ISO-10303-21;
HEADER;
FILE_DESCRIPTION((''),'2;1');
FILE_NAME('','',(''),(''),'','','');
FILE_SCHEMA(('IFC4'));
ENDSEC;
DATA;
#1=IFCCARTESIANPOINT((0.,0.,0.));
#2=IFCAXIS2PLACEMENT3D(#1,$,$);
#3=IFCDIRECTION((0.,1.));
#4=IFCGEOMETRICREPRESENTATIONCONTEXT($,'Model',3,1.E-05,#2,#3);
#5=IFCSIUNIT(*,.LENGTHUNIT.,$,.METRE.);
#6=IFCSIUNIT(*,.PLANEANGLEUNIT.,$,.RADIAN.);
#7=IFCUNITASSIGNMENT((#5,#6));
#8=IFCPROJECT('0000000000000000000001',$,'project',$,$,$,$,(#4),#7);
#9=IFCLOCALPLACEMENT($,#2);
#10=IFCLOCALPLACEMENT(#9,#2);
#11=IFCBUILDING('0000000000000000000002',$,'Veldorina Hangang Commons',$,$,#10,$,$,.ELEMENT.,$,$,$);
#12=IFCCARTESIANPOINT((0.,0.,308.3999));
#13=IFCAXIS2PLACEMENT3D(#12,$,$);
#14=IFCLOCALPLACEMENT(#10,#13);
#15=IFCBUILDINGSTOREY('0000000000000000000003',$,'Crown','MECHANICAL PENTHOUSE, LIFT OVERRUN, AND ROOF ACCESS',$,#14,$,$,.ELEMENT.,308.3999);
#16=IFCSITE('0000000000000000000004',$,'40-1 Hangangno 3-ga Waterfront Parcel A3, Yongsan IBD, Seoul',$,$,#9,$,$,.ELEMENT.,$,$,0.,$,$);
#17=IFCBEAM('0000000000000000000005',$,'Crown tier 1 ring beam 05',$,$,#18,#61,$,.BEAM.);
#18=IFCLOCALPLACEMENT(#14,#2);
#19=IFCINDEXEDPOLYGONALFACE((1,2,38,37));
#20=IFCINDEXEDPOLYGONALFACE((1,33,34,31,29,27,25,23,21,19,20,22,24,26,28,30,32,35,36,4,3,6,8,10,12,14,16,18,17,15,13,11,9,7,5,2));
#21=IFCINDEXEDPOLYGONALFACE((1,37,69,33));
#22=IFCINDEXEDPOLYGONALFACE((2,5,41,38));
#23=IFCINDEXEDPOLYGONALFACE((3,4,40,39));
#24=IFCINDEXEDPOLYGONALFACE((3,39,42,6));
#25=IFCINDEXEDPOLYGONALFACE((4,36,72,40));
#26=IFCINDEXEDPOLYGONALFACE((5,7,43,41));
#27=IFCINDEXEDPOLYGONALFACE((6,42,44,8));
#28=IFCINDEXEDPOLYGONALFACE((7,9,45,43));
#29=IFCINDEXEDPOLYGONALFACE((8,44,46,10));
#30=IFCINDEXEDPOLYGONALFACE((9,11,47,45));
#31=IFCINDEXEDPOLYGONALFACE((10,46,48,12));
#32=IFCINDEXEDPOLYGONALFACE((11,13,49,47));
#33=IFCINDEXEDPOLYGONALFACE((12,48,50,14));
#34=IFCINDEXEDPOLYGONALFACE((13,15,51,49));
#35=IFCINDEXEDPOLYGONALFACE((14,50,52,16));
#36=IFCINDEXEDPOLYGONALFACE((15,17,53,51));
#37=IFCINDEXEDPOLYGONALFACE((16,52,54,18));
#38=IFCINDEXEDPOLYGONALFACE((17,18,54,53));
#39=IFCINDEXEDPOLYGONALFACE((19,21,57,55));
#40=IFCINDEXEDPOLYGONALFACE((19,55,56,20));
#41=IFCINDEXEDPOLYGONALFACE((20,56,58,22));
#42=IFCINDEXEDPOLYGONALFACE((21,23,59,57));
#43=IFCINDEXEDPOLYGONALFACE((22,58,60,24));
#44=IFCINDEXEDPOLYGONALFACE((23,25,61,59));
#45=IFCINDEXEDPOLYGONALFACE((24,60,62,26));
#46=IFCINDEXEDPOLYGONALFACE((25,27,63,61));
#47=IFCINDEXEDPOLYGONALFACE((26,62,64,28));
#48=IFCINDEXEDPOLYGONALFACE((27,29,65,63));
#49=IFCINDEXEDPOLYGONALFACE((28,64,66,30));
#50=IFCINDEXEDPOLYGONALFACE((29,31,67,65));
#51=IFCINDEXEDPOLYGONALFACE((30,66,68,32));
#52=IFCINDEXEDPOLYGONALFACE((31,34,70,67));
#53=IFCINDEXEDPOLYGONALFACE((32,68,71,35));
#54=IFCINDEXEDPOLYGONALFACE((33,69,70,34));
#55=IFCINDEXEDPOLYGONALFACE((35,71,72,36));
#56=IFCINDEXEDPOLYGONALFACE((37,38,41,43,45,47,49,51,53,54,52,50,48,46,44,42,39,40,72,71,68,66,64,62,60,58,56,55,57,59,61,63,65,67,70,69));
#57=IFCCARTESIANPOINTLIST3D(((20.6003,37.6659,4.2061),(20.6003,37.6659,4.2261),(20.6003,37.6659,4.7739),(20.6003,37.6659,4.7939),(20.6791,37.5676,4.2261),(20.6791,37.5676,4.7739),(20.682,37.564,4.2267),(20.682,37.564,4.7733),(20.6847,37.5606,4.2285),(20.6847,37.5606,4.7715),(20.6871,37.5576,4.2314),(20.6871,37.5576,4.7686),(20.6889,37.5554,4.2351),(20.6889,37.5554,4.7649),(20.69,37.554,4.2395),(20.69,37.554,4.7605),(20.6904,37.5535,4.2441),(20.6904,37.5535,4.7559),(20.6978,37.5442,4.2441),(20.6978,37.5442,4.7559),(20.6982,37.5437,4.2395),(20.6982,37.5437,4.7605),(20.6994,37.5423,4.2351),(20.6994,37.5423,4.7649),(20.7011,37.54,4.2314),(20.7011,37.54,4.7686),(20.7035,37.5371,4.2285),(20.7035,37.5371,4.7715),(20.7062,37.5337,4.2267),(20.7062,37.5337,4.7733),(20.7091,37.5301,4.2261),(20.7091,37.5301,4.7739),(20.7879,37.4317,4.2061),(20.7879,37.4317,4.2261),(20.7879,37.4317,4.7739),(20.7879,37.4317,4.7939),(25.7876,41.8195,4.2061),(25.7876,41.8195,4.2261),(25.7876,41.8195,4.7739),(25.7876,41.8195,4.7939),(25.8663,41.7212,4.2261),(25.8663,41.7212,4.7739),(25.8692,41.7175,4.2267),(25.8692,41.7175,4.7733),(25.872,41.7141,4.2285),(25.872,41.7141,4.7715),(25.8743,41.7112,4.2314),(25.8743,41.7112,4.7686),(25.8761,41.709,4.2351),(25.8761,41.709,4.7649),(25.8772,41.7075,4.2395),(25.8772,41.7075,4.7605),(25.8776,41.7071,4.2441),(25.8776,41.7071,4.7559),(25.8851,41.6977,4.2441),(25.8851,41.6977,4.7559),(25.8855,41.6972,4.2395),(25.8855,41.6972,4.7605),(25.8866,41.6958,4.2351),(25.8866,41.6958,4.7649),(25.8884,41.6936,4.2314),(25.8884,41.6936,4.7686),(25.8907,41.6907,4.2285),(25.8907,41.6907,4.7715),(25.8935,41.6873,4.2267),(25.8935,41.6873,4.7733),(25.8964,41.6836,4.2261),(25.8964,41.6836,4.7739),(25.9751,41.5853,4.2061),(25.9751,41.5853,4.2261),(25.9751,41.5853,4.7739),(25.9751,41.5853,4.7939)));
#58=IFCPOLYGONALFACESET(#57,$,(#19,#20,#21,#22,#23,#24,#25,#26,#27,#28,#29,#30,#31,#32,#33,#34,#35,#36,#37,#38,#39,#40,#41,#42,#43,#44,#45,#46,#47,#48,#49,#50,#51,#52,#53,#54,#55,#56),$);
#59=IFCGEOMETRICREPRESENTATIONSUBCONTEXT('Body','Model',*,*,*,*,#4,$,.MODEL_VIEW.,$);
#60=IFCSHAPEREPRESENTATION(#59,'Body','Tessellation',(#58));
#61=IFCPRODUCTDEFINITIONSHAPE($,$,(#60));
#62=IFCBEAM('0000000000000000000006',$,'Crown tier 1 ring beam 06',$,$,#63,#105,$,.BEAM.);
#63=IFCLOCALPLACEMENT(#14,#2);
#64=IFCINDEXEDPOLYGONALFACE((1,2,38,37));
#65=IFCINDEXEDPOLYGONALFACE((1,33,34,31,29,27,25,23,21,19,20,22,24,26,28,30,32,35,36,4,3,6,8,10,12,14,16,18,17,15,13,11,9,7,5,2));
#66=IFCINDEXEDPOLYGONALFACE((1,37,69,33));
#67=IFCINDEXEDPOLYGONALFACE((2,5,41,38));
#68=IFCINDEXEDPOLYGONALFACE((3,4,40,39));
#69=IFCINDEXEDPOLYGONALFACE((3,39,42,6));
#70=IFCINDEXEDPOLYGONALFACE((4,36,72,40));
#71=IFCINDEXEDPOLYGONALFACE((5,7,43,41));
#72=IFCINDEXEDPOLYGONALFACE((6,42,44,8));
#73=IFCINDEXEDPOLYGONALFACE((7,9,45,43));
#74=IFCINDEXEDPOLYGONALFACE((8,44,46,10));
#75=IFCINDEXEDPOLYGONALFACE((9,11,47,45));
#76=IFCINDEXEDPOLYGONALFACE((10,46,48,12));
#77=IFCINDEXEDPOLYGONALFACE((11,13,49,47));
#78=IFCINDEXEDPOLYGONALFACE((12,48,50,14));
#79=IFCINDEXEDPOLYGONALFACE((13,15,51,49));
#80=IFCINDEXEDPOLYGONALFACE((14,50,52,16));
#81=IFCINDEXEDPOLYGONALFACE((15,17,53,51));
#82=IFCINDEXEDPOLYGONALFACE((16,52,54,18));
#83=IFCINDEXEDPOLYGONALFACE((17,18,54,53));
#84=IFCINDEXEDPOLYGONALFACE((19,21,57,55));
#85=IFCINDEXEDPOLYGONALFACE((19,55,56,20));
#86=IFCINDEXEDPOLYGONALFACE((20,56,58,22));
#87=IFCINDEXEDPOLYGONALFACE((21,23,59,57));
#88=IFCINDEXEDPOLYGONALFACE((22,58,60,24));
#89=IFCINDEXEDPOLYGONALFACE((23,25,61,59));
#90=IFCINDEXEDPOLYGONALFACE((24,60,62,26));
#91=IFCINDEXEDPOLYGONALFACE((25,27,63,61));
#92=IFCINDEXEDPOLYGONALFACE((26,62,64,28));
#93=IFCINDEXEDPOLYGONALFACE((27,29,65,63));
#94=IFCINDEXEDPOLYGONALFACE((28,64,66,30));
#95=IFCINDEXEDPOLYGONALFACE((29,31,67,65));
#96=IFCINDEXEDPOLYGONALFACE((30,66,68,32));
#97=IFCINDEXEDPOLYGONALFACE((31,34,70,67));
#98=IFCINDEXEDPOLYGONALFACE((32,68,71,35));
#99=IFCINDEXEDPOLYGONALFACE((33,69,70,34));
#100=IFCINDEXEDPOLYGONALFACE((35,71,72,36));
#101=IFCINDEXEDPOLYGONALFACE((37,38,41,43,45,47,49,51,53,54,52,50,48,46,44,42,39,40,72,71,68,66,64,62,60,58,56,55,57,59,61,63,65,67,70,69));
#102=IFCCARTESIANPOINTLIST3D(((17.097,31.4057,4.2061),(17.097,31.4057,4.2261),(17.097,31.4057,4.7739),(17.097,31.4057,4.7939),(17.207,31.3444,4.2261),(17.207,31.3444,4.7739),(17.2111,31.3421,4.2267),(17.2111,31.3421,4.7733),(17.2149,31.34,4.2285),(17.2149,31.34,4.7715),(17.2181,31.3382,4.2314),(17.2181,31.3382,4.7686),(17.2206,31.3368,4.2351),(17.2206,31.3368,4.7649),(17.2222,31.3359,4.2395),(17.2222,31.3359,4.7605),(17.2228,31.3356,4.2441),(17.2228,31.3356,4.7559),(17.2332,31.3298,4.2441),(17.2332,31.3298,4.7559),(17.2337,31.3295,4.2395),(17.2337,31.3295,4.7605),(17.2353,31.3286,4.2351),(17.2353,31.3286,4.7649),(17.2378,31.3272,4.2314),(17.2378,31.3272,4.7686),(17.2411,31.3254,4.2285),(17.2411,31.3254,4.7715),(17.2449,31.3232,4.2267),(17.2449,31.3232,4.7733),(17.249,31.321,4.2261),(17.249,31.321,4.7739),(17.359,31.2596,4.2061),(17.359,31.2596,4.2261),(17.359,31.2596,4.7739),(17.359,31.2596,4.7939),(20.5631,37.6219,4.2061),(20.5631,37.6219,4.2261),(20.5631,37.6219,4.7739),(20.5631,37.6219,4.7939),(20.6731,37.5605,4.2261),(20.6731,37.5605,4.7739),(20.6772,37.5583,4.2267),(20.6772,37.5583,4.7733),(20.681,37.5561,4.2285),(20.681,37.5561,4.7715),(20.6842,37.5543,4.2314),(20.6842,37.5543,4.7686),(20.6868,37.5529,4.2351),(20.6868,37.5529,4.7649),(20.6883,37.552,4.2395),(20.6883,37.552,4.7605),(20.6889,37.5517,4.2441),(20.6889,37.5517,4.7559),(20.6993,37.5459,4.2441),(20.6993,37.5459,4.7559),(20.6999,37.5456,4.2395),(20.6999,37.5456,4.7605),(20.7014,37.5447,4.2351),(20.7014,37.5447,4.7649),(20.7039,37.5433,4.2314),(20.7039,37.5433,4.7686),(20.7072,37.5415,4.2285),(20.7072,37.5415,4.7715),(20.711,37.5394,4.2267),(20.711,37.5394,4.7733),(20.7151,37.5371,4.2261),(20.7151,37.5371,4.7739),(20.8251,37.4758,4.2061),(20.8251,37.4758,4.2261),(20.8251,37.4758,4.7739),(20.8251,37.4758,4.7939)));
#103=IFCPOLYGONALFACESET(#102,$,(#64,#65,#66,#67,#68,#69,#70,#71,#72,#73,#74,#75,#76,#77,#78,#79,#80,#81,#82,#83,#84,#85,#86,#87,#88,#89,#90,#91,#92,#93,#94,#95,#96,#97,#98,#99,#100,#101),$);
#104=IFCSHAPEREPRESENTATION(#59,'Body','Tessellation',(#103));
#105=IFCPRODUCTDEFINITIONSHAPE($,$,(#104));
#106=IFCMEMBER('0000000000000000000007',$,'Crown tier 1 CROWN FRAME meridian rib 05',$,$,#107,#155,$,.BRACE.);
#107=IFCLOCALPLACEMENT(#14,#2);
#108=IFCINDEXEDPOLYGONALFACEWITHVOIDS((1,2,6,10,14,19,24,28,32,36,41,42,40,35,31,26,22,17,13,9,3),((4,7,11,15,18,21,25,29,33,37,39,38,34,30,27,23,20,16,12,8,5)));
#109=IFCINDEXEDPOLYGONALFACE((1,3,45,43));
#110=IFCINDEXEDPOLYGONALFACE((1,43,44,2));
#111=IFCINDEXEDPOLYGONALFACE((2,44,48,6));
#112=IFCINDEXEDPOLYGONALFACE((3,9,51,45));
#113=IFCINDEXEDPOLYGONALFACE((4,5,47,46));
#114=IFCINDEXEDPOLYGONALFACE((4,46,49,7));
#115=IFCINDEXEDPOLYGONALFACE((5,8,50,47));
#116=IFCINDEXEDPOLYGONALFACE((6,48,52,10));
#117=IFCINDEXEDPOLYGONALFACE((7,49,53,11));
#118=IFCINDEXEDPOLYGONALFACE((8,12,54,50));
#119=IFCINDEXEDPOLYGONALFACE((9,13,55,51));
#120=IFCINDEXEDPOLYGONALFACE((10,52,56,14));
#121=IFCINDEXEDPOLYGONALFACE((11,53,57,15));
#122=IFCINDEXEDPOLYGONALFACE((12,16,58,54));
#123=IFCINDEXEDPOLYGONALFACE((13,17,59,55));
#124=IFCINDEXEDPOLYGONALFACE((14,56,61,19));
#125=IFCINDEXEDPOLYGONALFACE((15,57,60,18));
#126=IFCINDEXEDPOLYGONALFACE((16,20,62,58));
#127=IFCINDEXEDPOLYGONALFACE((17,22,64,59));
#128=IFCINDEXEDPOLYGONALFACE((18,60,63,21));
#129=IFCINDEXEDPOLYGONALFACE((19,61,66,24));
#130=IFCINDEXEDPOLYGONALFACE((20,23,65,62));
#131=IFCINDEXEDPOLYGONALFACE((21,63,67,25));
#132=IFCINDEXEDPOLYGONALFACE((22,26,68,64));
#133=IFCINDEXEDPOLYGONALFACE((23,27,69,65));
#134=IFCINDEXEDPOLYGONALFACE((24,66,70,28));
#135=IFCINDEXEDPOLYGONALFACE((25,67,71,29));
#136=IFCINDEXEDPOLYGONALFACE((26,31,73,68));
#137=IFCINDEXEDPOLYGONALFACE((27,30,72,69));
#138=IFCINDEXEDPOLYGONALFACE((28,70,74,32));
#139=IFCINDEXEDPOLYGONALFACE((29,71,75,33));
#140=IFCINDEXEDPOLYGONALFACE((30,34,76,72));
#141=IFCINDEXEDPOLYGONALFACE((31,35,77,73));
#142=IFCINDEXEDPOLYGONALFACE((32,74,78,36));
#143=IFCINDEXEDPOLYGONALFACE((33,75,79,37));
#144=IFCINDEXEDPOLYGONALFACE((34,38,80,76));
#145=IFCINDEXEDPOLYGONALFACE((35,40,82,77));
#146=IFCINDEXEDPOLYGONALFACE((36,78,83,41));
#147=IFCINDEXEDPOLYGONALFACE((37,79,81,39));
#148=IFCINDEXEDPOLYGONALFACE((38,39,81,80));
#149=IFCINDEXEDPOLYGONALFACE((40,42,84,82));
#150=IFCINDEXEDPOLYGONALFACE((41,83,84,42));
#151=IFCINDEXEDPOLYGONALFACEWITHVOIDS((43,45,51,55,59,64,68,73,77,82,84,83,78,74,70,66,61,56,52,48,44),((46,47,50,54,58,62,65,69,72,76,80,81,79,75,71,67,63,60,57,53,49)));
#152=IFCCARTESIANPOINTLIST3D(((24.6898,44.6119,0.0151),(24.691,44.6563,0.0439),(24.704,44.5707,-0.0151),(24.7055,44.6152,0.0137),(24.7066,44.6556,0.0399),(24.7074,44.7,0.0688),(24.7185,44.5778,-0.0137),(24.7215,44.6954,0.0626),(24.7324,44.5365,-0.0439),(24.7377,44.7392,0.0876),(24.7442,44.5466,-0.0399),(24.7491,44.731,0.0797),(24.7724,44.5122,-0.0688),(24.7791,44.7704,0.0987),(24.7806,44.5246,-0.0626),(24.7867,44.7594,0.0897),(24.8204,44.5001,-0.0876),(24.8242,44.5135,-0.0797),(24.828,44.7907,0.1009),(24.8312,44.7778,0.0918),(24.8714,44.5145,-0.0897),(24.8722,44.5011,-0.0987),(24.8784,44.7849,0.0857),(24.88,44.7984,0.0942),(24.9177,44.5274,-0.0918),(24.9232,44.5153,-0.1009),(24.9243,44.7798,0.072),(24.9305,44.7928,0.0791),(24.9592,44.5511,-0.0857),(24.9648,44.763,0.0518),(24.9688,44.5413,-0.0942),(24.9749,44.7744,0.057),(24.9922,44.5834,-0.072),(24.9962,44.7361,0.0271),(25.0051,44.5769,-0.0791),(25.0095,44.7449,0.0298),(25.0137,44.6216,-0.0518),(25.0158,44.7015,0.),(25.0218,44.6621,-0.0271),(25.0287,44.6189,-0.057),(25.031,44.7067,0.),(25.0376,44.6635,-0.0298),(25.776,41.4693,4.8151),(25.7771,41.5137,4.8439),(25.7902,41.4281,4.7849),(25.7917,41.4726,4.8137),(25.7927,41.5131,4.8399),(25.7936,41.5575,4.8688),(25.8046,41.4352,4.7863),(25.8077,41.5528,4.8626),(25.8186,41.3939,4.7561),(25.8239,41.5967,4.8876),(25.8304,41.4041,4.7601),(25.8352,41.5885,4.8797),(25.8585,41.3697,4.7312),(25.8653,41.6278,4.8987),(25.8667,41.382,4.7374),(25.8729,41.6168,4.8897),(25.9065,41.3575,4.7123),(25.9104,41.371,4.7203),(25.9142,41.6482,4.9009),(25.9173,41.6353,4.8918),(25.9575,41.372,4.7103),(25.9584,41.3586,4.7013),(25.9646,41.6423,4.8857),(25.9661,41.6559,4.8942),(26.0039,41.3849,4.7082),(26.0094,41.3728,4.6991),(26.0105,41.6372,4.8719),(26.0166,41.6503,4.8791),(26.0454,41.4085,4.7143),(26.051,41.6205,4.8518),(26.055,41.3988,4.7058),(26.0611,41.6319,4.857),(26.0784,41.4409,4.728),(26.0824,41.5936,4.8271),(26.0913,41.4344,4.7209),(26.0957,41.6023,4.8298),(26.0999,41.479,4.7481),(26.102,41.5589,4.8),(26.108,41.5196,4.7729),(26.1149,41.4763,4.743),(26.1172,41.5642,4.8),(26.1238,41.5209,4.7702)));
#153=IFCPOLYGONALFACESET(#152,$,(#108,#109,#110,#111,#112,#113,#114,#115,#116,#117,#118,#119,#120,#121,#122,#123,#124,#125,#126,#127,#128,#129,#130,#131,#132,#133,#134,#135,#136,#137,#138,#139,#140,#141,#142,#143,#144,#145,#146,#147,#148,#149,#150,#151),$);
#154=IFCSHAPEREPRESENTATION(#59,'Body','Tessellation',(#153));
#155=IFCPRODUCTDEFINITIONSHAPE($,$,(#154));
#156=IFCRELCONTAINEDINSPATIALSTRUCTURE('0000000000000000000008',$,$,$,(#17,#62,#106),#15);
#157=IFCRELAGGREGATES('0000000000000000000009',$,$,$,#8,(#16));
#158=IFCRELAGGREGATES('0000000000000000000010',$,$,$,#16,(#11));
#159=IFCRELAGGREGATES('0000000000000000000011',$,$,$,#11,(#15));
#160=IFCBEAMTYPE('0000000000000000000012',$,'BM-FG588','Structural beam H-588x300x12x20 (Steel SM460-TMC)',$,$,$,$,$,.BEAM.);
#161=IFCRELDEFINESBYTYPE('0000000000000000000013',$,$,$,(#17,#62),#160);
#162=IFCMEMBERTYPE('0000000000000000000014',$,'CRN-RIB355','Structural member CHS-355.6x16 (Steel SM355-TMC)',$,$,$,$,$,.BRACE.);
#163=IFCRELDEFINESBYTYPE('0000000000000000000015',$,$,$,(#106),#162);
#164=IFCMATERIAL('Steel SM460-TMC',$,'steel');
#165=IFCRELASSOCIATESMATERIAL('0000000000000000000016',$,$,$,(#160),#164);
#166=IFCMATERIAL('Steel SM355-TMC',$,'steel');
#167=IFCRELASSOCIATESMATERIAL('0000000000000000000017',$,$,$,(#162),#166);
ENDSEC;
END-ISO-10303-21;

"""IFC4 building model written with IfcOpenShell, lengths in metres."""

from ifc_helpers import new_model, si_unit, direction, frame, origin, origin_2d, place, context, subcontext, project, spatial, hollow_circle, i_section, extrude, material, material_profile, profile_set, type_object, element, save


model = new_model("IFC4")

# Units and contexts
model_context = context("Model", 3, precision=1e-05, world=origin(), true_north=direction((0.0, 1.0)))
body_context = subcontext(model_context, "Body", "Model", "MODEL_VIEW")
ifc_project = project(units=[si_unit("LENGTHUNIT", "METRE"), si_unit("PLANEANGLEUNIT", "RADIAN")], contexts=[model_context])

# Site, building, storey
site_placement = place(None, origin())
site = spatial("IfcSite", under=ifc_project, at=site_placement, Name="40-1 Hangangno 3-ga Waterfront Parcel A3, Yongsan IBD, Seoul", CompositionType="ELEMENT", RefElevation=0.0)
building_placement = place(site_placement, origin())
building = spatial("IfcBuilding", under=site, at=building_placement, Name="Veldorina Hangang Commons", CompositionType="ELEMENT")
storey_placement = place(building_placement, frame((0.0, 0.0, 308.3999)))
storey = spatial("IfcBuildingStorey", under=building, at=storey_placement, Name="Crown", Description="MECHANICAL PENTHOUSE, LIFT OVERRUN, AND ROOF ACCESS", CompositionType="ELEMENT", Elevation=308.3999)

# Beams
ifc_material_1 = material(Name="Steel SM460-TMC", Category="steel")
ifc_material_profile_1 = material_profile(ifc_material_1, i_section(OverallWidth=0.3, OverallDepth=0.5879, WebThickness=0.012, FlangeThickness=0.02, FilletRadius=0.0181, at=origin_2d()), Name="H-588x300x12x20")
ifc_profile_set_1 = profile_set([ifc_material_profile_1], Name="Steel SM460-TMC")
beam_type = type_object("IfcBeamType", Name="BM-FG588", Description="Structural beam H-588x300x12x20 (Steel SM460-TMC)", PredefinedType="BEAM", material=ifc_profile_set_1)
beam_1_placement = place(storey_placement, frame((25.8813, 41.7024, 4.5), z_axis=(-0.780593, -0.62504, 0.0), x_axis=(0.62504, -0.780593, 0.0)))
element("IfcBeam", 1, at=beam_1_placement, inside=storey, type_object=beam_type, Name="Crown tier 1 ring beam 05", PredefinedType="BEAM", context=body_context, shape_type="SweptSolid", body=[
    extrude(i_section(OverallWidth=0.3, OverallDepth=0.5879, WebThickness=0.012, FlangeThickness=0.02, FilletRadius=0.0181, at=origin_2d()), origin(), (0.0, 0.0, 1.0), 6.6453),
])
beam_2_placement = place(storey_placement, frame((20.6941, 37.5488, 4.5), z_axis=(-0.487005, -0.873399, 0.0), x_axis=(0.873399, -0.487005, 0.0)))
element("IfcBeam", 2, at=beam_2_placement, inside=storey, type_object=beam_type, Name="Crown tier 1 ring beam 06", PredefinedType="BEAM", context=body_context, shape_type="SweptSolid", body=[
    extrude(i_section(OverallWidth=0.3, OverallDepth=0.5879, WebThickness=0.012, FlangeThickness=0.02, FilletRadius=0.0181, at=origin_2d()), origin(), (0.0, 0.0, 1.0), 7.1172),
])

# Member
ifc_material_2 = material(Name="Steel SM355-TMC", Category="steel")
ifc_material_profile_2 = material_profile(ifc_material_2, hollow_circle(Radius=0.1777, WallThickness=0.0161, at=origin_2d()), Name="CHS-355.6x16")
ifc_profile_set_2 = profile_set([ifc_material_profile_2], Name="Steel SM355-TMC")
member_type_1 = type_object("IfcMemberType", Name="CRN-RIB355", Description="Structural member CHS-355.6x16 (Steel SM355-TMC)", PredefinedType="BRACE", material=ifc_profile_set_2)
member_1_placement = place(storey_placement, frame((24.863, 44.6487, 0.0), z_axis=(0.186016, -0.538188, 0.822041), x_axis=(0.945138, 0.326672, 0.0)))
element("IfcMember", 3, at=member_1_placement, inside=storey, type_object=member_type_1, Name="Crown tier 1 CROWN FRAME meridian rib 05", PredefinedType="BRACE", context=body_context, shape_type="SweptSolid", body=[
    extrude(hollow_circle(Radius=0.1777, WallThickness=0.0161, at=origin_2d()), origin(), (0.0, 0.0, 1.0), 5.8391),
])

save(model, "model.ifc")
